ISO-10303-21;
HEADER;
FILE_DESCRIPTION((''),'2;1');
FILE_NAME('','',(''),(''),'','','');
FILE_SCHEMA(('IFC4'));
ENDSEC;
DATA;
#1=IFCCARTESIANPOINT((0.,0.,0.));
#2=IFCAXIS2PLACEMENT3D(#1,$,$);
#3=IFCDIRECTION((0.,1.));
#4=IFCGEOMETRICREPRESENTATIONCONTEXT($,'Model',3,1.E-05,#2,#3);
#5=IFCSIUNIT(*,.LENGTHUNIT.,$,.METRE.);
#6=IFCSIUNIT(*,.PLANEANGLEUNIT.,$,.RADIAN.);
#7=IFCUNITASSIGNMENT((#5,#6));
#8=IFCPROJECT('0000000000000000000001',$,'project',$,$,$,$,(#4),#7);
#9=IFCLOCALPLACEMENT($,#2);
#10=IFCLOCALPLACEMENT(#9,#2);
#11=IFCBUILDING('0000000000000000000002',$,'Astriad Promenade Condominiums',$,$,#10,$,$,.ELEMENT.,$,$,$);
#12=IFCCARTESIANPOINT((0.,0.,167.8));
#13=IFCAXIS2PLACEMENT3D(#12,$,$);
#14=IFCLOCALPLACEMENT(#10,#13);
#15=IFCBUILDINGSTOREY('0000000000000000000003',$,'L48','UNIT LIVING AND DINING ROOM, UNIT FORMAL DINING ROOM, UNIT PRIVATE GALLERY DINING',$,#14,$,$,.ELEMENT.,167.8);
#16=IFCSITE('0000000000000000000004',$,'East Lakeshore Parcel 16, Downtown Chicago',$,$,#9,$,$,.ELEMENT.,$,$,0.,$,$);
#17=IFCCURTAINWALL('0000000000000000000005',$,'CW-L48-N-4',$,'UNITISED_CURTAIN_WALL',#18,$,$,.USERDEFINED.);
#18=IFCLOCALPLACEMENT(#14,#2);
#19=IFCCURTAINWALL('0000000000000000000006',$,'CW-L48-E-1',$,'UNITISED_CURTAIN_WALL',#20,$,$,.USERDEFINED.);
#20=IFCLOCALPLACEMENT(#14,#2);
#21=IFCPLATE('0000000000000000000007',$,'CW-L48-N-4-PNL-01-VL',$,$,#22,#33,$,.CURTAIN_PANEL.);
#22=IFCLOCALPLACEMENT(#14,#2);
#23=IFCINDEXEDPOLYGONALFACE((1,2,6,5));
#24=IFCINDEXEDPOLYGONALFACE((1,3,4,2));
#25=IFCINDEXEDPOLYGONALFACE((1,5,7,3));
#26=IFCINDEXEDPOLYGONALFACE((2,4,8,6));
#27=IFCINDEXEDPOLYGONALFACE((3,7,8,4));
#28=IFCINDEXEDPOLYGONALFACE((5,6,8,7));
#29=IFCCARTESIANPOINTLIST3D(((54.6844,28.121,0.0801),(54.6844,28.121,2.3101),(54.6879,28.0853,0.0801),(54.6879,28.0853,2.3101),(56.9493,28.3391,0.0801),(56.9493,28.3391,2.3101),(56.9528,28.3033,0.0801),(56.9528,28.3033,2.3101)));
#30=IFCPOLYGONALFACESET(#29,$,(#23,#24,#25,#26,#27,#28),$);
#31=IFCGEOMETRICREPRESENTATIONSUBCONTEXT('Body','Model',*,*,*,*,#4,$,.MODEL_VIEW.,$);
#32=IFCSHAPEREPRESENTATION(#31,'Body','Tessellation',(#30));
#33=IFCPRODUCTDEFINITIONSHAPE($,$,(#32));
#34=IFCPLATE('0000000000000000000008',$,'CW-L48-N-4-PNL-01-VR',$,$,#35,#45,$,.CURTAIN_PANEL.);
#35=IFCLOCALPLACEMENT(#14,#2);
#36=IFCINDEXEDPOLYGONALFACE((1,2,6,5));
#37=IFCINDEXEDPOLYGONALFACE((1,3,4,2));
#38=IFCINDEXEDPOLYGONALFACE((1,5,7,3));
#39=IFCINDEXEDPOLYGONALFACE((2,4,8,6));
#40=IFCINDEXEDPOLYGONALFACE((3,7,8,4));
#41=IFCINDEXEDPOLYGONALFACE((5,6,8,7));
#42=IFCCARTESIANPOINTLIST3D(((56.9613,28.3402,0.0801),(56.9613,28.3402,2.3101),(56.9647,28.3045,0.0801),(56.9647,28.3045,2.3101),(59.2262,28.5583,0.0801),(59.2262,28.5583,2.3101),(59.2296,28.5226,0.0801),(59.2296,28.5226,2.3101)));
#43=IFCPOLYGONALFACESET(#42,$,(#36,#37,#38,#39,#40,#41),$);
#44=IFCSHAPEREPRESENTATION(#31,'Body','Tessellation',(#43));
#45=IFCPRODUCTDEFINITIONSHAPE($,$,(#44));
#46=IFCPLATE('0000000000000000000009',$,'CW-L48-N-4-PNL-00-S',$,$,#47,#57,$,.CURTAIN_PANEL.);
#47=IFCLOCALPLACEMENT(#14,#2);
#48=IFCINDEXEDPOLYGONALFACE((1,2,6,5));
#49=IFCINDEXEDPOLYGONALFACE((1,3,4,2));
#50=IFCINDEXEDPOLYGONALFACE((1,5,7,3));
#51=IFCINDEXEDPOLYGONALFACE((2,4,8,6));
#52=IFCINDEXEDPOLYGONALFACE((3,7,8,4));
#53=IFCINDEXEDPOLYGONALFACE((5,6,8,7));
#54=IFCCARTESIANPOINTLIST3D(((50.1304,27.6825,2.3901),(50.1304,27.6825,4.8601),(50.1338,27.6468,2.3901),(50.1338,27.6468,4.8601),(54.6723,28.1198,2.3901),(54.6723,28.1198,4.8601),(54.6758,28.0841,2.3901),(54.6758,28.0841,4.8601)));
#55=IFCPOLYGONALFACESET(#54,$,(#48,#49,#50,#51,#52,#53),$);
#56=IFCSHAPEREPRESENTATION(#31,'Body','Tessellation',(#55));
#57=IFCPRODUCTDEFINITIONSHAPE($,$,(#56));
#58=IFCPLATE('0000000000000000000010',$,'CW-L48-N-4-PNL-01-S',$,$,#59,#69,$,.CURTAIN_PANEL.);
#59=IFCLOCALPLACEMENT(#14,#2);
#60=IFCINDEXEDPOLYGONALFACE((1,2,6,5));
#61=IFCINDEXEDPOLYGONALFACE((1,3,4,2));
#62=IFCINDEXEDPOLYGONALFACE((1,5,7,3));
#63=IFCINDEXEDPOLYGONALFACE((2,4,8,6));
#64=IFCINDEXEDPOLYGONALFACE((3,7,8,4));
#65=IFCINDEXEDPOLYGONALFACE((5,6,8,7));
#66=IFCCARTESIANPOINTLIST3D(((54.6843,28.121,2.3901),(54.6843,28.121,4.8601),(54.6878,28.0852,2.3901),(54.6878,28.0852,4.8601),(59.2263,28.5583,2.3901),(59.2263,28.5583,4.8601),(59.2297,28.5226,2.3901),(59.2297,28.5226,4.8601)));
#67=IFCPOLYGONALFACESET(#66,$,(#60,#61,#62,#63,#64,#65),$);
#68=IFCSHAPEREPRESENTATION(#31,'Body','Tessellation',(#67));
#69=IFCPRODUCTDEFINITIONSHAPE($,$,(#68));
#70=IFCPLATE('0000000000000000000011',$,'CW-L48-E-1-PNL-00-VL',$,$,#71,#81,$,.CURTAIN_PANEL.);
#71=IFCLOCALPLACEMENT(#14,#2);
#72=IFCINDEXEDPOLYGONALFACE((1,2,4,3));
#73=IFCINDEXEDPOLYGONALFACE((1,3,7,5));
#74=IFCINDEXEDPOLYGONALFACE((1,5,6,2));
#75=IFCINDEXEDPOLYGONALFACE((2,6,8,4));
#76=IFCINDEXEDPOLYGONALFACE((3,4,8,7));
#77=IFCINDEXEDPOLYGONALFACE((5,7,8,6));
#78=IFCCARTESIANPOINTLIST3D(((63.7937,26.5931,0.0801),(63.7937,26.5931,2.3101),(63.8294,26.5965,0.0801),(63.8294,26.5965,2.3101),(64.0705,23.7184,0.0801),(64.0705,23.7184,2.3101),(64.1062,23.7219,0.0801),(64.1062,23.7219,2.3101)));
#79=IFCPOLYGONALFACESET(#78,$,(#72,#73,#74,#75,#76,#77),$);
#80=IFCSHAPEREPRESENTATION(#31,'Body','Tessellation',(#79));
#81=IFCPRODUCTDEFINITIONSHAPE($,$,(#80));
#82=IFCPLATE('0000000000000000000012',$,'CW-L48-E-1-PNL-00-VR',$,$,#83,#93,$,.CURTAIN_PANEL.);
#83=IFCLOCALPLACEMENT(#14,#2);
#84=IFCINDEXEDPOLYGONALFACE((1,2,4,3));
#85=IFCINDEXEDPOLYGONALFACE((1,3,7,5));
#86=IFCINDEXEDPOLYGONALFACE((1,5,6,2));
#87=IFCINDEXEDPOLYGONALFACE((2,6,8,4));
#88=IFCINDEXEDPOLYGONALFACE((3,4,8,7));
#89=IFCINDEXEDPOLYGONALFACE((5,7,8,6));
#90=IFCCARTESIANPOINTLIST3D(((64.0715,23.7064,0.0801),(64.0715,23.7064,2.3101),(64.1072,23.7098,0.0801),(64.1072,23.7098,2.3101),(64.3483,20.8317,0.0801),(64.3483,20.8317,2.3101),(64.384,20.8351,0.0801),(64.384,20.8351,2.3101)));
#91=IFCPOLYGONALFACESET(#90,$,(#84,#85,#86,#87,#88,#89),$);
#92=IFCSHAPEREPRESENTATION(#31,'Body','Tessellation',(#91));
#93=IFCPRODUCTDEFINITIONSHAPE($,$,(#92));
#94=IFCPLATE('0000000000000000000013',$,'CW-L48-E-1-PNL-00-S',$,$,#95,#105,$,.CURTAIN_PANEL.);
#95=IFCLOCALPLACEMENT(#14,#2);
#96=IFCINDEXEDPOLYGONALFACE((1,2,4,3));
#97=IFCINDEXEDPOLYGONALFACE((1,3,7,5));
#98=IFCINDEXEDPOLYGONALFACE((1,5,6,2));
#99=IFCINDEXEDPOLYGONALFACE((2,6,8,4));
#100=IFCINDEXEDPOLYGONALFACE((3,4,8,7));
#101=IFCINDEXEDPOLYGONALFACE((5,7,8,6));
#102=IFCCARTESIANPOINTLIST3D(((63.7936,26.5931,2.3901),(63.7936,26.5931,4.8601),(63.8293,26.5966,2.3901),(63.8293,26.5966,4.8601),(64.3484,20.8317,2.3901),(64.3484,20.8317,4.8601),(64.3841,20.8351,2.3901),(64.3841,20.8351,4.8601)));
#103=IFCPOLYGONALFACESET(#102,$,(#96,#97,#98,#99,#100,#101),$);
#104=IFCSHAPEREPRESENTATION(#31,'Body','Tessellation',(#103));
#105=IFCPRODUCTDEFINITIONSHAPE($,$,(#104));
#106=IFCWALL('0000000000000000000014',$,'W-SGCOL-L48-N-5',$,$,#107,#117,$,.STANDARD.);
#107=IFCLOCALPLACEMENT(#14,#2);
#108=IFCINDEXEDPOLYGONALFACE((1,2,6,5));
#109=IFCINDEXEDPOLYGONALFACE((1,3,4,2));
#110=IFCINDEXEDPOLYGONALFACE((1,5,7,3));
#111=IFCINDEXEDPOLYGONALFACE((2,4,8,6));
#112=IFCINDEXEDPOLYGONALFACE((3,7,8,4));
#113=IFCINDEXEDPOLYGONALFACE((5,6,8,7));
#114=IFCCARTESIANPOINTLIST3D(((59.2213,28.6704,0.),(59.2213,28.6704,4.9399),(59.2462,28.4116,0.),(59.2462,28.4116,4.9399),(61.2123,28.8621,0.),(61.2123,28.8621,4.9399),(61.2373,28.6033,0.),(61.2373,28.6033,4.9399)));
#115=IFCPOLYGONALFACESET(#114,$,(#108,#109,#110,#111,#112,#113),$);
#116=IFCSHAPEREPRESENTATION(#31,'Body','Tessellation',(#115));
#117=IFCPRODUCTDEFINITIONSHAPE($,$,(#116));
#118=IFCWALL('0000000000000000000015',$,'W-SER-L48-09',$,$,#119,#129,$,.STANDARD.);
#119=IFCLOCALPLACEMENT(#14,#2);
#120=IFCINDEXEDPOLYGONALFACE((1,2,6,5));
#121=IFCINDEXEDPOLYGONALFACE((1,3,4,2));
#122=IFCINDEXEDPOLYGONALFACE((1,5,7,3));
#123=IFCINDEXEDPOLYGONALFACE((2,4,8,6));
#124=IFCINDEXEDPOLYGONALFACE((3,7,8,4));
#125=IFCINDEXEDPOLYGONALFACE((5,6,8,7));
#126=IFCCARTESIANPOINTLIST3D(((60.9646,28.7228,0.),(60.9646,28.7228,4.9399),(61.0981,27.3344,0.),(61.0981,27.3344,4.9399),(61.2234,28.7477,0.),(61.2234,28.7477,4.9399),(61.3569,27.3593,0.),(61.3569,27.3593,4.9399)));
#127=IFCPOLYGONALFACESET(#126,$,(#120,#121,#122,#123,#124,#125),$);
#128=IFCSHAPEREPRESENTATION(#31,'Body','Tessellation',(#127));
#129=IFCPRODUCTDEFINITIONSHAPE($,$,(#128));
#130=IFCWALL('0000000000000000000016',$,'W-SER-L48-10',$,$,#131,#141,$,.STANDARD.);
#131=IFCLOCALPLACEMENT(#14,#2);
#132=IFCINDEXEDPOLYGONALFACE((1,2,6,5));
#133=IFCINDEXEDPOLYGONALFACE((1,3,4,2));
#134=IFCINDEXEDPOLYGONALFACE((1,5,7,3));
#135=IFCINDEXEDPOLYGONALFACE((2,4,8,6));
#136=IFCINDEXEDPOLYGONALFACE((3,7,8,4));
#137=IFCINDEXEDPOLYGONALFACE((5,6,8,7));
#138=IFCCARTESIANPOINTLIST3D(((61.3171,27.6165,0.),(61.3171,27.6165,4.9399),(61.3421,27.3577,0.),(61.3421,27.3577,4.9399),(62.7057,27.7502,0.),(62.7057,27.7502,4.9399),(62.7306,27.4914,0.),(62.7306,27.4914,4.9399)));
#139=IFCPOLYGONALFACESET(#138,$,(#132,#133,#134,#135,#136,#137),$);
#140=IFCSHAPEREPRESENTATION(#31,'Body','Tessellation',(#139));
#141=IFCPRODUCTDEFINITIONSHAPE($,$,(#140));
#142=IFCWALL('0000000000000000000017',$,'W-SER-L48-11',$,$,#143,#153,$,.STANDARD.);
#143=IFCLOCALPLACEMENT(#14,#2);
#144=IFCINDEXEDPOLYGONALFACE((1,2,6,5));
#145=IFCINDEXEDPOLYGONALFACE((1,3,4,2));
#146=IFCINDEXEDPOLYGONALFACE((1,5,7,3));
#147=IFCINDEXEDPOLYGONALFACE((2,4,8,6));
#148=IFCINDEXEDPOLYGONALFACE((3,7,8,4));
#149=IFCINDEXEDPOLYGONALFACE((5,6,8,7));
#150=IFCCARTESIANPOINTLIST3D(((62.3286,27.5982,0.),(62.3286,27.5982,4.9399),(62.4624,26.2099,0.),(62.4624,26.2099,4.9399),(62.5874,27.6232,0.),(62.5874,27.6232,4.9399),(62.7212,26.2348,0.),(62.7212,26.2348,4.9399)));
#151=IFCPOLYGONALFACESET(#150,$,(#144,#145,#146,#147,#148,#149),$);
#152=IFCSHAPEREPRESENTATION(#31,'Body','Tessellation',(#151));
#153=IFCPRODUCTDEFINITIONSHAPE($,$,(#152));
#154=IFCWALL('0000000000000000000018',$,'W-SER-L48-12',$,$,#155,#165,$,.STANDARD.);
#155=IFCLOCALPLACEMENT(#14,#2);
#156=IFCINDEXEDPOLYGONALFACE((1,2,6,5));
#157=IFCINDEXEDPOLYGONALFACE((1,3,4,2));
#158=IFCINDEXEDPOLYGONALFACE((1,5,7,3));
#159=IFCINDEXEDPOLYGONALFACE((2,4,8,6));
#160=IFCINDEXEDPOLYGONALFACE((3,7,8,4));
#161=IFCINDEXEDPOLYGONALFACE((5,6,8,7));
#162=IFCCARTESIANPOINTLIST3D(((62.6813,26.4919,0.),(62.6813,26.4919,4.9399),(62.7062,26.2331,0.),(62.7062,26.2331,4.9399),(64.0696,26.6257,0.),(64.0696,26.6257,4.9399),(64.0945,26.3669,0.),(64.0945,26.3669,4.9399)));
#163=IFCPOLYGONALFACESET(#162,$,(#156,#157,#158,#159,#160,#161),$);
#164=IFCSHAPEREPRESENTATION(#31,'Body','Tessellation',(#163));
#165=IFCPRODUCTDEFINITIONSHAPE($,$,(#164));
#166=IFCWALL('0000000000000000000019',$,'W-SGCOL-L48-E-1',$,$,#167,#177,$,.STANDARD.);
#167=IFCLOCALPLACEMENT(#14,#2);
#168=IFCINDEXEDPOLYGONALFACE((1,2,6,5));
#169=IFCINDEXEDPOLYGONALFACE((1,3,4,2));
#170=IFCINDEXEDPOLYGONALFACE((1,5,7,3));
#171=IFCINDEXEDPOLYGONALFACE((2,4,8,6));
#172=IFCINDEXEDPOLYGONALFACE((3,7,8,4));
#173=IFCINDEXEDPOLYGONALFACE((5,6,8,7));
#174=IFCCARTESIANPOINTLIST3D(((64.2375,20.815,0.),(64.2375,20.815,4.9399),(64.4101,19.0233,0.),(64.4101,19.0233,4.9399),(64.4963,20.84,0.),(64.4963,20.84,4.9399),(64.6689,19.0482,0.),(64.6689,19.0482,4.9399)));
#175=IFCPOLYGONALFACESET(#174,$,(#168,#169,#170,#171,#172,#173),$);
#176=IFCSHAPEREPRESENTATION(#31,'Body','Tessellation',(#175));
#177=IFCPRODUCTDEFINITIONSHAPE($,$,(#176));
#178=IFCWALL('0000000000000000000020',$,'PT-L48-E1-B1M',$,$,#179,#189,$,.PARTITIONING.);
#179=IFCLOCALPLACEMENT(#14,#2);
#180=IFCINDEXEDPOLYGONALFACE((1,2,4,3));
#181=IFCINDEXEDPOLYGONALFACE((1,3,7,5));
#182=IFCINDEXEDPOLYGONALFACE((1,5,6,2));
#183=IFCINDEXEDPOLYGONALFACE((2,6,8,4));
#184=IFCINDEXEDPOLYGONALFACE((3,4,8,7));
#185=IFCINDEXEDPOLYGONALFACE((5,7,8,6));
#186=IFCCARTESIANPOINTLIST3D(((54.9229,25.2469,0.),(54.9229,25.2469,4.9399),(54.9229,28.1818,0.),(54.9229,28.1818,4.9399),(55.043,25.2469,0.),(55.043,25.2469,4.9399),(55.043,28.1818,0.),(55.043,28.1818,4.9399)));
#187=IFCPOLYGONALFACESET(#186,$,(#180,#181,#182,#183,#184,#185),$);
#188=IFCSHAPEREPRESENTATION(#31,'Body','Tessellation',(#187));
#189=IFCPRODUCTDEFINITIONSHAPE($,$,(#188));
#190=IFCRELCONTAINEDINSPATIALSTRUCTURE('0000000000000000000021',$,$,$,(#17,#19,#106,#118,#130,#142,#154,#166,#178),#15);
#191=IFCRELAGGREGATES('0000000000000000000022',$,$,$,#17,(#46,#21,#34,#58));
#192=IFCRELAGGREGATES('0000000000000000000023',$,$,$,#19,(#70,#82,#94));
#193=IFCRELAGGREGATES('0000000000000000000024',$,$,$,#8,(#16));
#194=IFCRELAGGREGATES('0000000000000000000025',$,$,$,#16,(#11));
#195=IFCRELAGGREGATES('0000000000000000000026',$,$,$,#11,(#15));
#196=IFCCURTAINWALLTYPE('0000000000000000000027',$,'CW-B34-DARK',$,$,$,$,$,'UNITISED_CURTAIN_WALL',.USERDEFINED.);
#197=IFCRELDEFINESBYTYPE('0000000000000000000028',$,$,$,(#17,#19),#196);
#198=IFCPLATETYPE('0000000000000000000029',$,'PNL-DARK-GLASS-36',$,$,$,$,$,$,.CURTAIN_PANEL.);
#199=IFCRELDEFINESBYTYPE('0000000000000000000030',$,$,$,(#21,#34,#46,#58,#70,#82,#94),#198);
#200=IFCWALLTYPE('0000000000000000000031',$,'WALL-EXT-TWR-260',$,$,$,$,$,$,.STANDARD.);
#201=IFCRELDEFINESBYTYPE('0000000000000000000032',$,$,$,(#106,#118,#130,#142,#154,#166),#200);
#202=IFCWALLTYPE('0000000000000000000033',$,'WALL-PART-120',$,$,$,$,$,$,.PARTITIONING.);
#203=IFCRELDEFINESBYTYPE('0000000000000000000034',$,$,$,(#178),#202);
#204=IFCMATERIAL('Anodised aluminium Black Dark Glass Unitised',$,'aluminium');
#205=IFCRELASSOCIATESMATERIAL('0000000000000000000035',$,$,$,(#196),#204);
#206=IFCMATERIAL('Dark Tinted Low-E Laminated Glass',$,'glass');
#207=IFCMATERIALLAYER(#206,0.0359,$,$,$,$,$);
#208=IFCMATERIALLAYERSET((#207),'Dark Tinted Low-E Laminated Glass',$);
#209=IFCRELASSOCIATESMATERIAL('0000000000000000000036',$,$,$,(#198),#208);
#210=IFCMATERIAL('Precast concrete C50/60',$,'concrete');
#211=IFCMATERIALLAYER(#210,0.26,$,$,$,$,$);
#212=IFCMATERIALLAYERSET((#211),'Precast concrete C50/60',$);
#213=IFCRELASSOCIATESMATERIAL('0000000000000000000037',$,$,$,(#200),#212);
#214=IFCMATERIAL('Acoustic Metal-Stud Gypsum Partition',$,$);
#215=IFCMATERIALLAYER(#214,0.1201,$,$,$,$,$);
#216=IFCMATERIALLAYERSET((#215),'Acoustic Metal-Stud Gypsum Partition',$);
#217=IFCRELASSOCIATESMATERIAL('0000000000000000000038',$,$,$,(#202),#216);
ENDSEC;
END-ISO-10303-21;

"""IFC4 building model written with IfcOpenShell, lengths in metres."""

from ifc_helpers import new_model, si_unit, direction, frame, frame_2d, origin, origin_2d, place, context, subcontext, project, spatial, rectangle, extrude, source, transform, mapped, material, layer, layer_set, type_object, type_shapes, element, aggregate, save


model = new_model("IFC4")

# Units and contexts
model_context = context("Model", 3, precision=1e-05, world=origin(), true_north=direction((0.0, 1.0)))
body_context = subcontext(model_context, "Body", "Model", "MODEL_VIEW")
ifc_project = project(units=[si_unit("LENGTHUNIT", "METRE"), si_unit("PLANEANGLEUNIT", "RADIAN")], contexts=[model_context])

# Site, building, storey
site_placement = place(None, origin())
site = spatial("IfcSite", under=ifc_project, at=site_placement, Name="East Lakeshore Parcel 16, Downtown Chicago", CompositionType="ELEMENT", RefElevation=0.0)
building_placement = place(site_placement, origin())
building = spatial("IfcBuilding", under=site, at=building_placement, Name="Astriad Promenade Condominiums", CompositionType="ELEMENT")
storey_placement = place(building_placement, frame((0.0, 0.0, 167.8)))
storey = spatial("IfcBuildingStorey", under=building, at=storey_placement, Name="L48", Description="UNIT LIVING AND DINING ROOM, UNIT FORMAL DINING ROOM, UNIT PRIVATE GALLERY DINING", CompositionType="ELEMENT", Elevation=167.8)

# Curtain walls
ifc_material_1 = material(Name="Anodised aluminium Black Dark Glass Unitised", Category="aluminium")
curtain_wall_type = type_object("IfcCurtainWallType", Name="CW-B34-DARK", ElementType="UNITISED_CURTAIN_WALL", PredefinedType="USERDEFINED", material=ifc_material_1)
curtain_wall_1_placement = place(storey_placement, origin())
curtain_wall_1 = element("IfcCurtainWall", 1, at=curtain_wall_1_placement, inside=storey, type_object=curtain_wall_type, Name="CW-L48-N-4", ObjectType="UNITISED_CURTAIN_WALL", PredefinedType="USERDEFINED")
curtain_wall_2_placement = place(storey_placement, origin())
curtain_wall_2 = element("IfcCurtainWall", 2, at=curtain_wall_2_placement, inside=storey, type_object=curtain_wall_type, Name="CW-L48-E-1", ObjectType="UNITISED_CURTAIN_WALL", PredefinedType="USERDEFINED")

# Plates
ifc_material_2 = material(Name="Dark Tinted Low-E Laminated Glass", Category="glass")
ifc_layer_1 = layer(ifc_material_2, 0.0359)
ifc_layer_set_1 = layer_set([ifc_layer_1], Name="Dark Tinted Low-E Laminated Glass")
plate_type = type_object("IfcPlateType", Name="PNL-DARK-GLASS-36", PredefinedType="CURTAIN_PANEL", material=ifc_layer_set_1)
shared_shape_1 = source(origin(), body_context, "Body", "SweptSolid", [
    extrude(rectangle(XDim=2.2754, YDim=0.0359, at=origin_2d()), origin(), (0.0, 0.0, 1.0), 2.23),
])
plate_1_placement = place(storey_placement, frame((55.8186, 28.2122, 0.0801), z_axis=(0.0, 0.0, 1.0), x_axis=(0.995396, 0.095846, 0.0)))
plate_1 = element("IfcPlate", 3, at=plate_1_placement, type_object=plate_type, Name="CW-L48-N-4-PNL-01-VL", PredefinedType="CURTAIN_PANEL", context=body_context, shape_type="MappedRepresentation", body=[
    mapped(shared_shape_1, transform((0.0, 0.0, 0.0), scale=1.0)),
])
plate_2_placement = place(storey_placement, frame((58.0955, 28.4314, 0.0801), z_axis=(0.0, 0.0, 1.0), x_axis=(0.995396, 0.095846, 0.0)))
plate_2 = element("IfcPlate", 4, at=plate_2_placement, type_object=plate_type, Name="CW-L48-N-4-PNL-01-VR", PredefinedType="CURTAIN_PANEL", context=body_context, shape_type="MappedRepresentation", body=[
    mapped(shared_shape_1, transform((0.0, 0.0, 0.0), scale=1.0)),
])
shared_shape_2 = source(origin(), body_context, "Body", "SweptSolid", [
    extrude(rectangle(XDim=4.563, YDim=0.0359, at=origin_2d()), origin(), (0.0, 0.0, 1.0), 2.47),
])
plate_3_placement = place(storey_placement, frame((52.4031, 27.8833, 2.3901), z_axis=(0.0, 0.0, 1.0), x_axis=(0.995396, 0.095846, 0.0)))
plate_3 = element("IfcPlate", 5, at=plate_3_placement, type_object=plate_type, Name="CW-L48-N-4-PNL-00-S", PredefinedType="CURTAIN_PANEL", context=body_context, shape_type="MappedRepresentation", body=[
    mapped(shared_shape_2, transform((0.0, 0.0, 0.0), scale=1.0)),
])
plate_4_placement = place(storey_placement, frame((56.957, 28.3218, 2.3901), z_axis=(0.0, 0.0, 1.0), x_axis=(0.995396, 0.095846, 0.0)))
plate_4 = element("IfcPlate", 6, at=plate_4_placement, type_object=plate_type, Name="CW-L48-N-4-PNL-01-S", PredefinedType="CURTAIN_PANEL", context=body_context, shape_type="MappedRepresentation", body=[
    mapped(shared_shape_2, transform((0.0, 0.0, 0.0), scale=1.0)),
])
aggregate(curtain_wall_1, [plate_3, plate_1, plate_2, plate_4])
shared_shape_3 = source(origin(), body_context, "Body", "SweptSolid", [
    extrude(rectangle(XDim=2.8879, YDim=0.0359, at=origin_2d()), origin(), (0.0, 0.0, 1.0), 2.23),
])
plate_5_placement = place(storey_placement, frame((63.95, 25.1575, 0.0801), z_axis=(0.0, 0.0, 1.0), x_axis=(0.095846, -0.995396, 0.0)))
plate_5 = element("IfcPlate", 7, at=plate_5_placement, type_object=plate_type, Name="CW-L48-E-1-PNL-00-VL", PredefinedType="CURTAIN_PANEL", context=body_context, shape_type="MappedRepresentation", body=[
    mapped(shared_shape_3, transform((0.0, 0.0, 0.0), scale=1.0)),
])
plate_6_placement = place(storey_placement, frame((64.2278, 22.2708, 0.0801), z_axis=(0.0, 0.0, 1.0), x_axis=(0.095846, -0.995396, 0.0)))
plate_6 = element("IfcPlate", 8, at=plate_6_placement, type_object=plate_type, Name="CW-L48-E-1-PNL-00-VR", PredefinedType="CURTAIN_PANEL", context=body_context, shape_type="MappedRepresentation", body=[
    mapped(shared_shape_3, transform((0.0, 0.0, 0.0), scale=1.0)),
])
shared_shape_4 = source(origin(), body_context, "Body", "SweptSolid", [
    extrude(rectangle(XDim=5.7881, YDim=0.0359, at=origin_2d()), origin(), (0.0, 0.0, 1.0), 2.47),
])
type_shapes(plate_type, [shared_shape_1, shared_shape_2, shared_shape_3, shared_shape_4])
plate_7_placement = place(storey_placement, frame((64.0889, 23.7141, 2.3901), z_axis=(0.0, 0.0, 1.0), x_axis=(0.095846, -0.995396, 0.0)))
plate_7 = element("IfcPlate", 9, at=plate_7_placement, type_object=plate_type, Name="CW-L48-E-1-PNL-00-S", PredefinedType="CURTAIN_PANEL", context=body_context, shape_type="MappedRepresentation", body=[
    mapped(shared_shape_4, transform((0.0, 0.0, 0.0), scale=1.0)),
])
aggregate(curtain_wall_2, [plate_5, plate_6, plate_7])

# Walls
ifc_material_3 = material(Name="Precast concrete C50/60", Category="concrete")
ifc_layer_2 = layer(ifc_material_3, 0.26)
ifc_layer_set_2 = layer_set([ifc_layer_2], Name="Precast concrete C50/60")
wall_type_1 = type_object("IfcWallType", Name="WALL-EXT-TWR-260", PredefinedType="STANDARD", material=ifc_layer_set_2)
wall_1_placement = place(storey_placement, frame((59.2339, 28.541, 0.0), z_axis=(0.0, 0.0, 1.0), x_axis=(0.995399, 0.095817, 0.0)))
element("IfcWall", 10, at=wall_1_placement, inside=storey, type_object=wall_type_1, Name="W-SGCOL-L48-N-5", PredefinedType="STANDARD", context=body_context, shape_type="SweptSolid", body=[
    extrude(rectangle(XDim=2.0002, YDim=0.26, at=frame_2d((1.0, 0.0))), origin(), (0.0, 0.0, 1.0), 4.9399),
])
wall_2_placement = place(storey_placement, frame((61.094, 28.7351, 0.0), z_axis=(0.0, 0.0, 1.0), x_axis=(0.095742, -0.995406, 0.0)))
element("IfcWall", 11, at=wall_2_placement, inside=storey, type_object=wall_type_1, Name="W-SER-L48-09", PredefinedType="STANDARD", context=body_context, shape_type="SweptSolid", body=[
    extrude(rectangle(XDim=1.3948, YDim=0.26, at=frame_2d((0.6973, 0.0))), origin(), (0.0, 0.0, 1.0), 4.9399),
])
wall_3_placement = place(storey_placement, frame((61.3296, 27.4871, 0.0), z_axis=(0.0, 0.0, 1.0), x_axis=(0.995391, 0.095899, 0.0)))
element("IfcWall", 12, at=wall_3_placement, inside=storey, type_object=wall_type_1, Name="W-SER-L48-10", PredefinedType="STANDARD", context=body_context, shape_type="SweptSolid", body=[
    extrude(rectangle(XDim=1.395, YDim=0.26, at=frame_2d((0.6975, 0.0))), origin(), (0.0, 0.0, 1.0), 4.9399),
])
for number, where, z_axis, x_axis, name in (
    (13, (62.458, 27.6106, 0.0), (0.0, 0.0, 1.0), (0.095916, -0.995389, 0.0), "W-SER-L48-11"),
    (14, (62.6938, 26.3625, 0.0), (0.0, 0.0, 1.0), (0.995389, 0.095916, 0.0), "W-SER-L48-12"),
):
    element("IfcWall", number, at=place(storey_placement, frame(where, z_axis=z_axis, x_axis=x_axis)), inside=storey, type_object=wall_type_1, Name=name, PredefinedType="STANDARD", context=body_context, shape_type="SweptSolid", body=[
        extrude(rectangle(XDim=1.3948, YDim=0.26, at=frame_2d((0.6973, 0.0))), origin(), (0.0, 0.0, 1.0), 4.9399),
    ])
wall_4_placement = place(storey_placement, frame((64.3669, 20.8274, 0.0), z_axis=(0.0, 0.0, 1.0), x_axis=(0.095891, -0.995392, 0.0)))
element("IfcWall", 15, at=wall_4_placement, inside=storey, type_object=wall_type_1, Name="W-SGCOL-L48-E-1", PredefinedType="STANDARD", context=body_context, shape_type="SweptSolid", body=[
    extrude(rectangle(XDim=1.8, YDim=0.26, at=frame_2d((0.8999, 0.0))), origin(), (0.0, 0.0, 1.0), 4.9399),
])
ifc_material_4 = material(Name="Acoustic Metal-Stud Gypsum Partition")
ifc_layer_3 = layer(ifc_material_4, 0.1201)
ifc_layer_set_3 = layer_set([ifc_layer_3], Name="Acoustic Metal-Stud Gypsum Partition")
wall_type_2 = type_object("IfcWallType", Name="WALL-PART-120", PredefinedType="PARTITIONING", material=ifc_layer_set_3)
wall_5_placement = place(storey_placement, frame((54.9829, 25.2471, 0.0), z_axis=(0.0, 0.0, 1.0), x_axis=(0.0, 1.0, 0.0)))
element("IfcWall", 16, at=wall_5_placement, inside=storey, type_object=wall_type_2, Name="PT-L48-E1-B1M", PredefinedType="PARTITIONING", context=body_context, shape_type="SweptSolid", body=[
    extrude(rectangle(XDim=2.9348, YDim=0.1201, at=frame_2d((1.4673, 0.0))), origin(), (0.0, 0.0, 1.0), 4.9399),
])

save(model, "model.ifc")
